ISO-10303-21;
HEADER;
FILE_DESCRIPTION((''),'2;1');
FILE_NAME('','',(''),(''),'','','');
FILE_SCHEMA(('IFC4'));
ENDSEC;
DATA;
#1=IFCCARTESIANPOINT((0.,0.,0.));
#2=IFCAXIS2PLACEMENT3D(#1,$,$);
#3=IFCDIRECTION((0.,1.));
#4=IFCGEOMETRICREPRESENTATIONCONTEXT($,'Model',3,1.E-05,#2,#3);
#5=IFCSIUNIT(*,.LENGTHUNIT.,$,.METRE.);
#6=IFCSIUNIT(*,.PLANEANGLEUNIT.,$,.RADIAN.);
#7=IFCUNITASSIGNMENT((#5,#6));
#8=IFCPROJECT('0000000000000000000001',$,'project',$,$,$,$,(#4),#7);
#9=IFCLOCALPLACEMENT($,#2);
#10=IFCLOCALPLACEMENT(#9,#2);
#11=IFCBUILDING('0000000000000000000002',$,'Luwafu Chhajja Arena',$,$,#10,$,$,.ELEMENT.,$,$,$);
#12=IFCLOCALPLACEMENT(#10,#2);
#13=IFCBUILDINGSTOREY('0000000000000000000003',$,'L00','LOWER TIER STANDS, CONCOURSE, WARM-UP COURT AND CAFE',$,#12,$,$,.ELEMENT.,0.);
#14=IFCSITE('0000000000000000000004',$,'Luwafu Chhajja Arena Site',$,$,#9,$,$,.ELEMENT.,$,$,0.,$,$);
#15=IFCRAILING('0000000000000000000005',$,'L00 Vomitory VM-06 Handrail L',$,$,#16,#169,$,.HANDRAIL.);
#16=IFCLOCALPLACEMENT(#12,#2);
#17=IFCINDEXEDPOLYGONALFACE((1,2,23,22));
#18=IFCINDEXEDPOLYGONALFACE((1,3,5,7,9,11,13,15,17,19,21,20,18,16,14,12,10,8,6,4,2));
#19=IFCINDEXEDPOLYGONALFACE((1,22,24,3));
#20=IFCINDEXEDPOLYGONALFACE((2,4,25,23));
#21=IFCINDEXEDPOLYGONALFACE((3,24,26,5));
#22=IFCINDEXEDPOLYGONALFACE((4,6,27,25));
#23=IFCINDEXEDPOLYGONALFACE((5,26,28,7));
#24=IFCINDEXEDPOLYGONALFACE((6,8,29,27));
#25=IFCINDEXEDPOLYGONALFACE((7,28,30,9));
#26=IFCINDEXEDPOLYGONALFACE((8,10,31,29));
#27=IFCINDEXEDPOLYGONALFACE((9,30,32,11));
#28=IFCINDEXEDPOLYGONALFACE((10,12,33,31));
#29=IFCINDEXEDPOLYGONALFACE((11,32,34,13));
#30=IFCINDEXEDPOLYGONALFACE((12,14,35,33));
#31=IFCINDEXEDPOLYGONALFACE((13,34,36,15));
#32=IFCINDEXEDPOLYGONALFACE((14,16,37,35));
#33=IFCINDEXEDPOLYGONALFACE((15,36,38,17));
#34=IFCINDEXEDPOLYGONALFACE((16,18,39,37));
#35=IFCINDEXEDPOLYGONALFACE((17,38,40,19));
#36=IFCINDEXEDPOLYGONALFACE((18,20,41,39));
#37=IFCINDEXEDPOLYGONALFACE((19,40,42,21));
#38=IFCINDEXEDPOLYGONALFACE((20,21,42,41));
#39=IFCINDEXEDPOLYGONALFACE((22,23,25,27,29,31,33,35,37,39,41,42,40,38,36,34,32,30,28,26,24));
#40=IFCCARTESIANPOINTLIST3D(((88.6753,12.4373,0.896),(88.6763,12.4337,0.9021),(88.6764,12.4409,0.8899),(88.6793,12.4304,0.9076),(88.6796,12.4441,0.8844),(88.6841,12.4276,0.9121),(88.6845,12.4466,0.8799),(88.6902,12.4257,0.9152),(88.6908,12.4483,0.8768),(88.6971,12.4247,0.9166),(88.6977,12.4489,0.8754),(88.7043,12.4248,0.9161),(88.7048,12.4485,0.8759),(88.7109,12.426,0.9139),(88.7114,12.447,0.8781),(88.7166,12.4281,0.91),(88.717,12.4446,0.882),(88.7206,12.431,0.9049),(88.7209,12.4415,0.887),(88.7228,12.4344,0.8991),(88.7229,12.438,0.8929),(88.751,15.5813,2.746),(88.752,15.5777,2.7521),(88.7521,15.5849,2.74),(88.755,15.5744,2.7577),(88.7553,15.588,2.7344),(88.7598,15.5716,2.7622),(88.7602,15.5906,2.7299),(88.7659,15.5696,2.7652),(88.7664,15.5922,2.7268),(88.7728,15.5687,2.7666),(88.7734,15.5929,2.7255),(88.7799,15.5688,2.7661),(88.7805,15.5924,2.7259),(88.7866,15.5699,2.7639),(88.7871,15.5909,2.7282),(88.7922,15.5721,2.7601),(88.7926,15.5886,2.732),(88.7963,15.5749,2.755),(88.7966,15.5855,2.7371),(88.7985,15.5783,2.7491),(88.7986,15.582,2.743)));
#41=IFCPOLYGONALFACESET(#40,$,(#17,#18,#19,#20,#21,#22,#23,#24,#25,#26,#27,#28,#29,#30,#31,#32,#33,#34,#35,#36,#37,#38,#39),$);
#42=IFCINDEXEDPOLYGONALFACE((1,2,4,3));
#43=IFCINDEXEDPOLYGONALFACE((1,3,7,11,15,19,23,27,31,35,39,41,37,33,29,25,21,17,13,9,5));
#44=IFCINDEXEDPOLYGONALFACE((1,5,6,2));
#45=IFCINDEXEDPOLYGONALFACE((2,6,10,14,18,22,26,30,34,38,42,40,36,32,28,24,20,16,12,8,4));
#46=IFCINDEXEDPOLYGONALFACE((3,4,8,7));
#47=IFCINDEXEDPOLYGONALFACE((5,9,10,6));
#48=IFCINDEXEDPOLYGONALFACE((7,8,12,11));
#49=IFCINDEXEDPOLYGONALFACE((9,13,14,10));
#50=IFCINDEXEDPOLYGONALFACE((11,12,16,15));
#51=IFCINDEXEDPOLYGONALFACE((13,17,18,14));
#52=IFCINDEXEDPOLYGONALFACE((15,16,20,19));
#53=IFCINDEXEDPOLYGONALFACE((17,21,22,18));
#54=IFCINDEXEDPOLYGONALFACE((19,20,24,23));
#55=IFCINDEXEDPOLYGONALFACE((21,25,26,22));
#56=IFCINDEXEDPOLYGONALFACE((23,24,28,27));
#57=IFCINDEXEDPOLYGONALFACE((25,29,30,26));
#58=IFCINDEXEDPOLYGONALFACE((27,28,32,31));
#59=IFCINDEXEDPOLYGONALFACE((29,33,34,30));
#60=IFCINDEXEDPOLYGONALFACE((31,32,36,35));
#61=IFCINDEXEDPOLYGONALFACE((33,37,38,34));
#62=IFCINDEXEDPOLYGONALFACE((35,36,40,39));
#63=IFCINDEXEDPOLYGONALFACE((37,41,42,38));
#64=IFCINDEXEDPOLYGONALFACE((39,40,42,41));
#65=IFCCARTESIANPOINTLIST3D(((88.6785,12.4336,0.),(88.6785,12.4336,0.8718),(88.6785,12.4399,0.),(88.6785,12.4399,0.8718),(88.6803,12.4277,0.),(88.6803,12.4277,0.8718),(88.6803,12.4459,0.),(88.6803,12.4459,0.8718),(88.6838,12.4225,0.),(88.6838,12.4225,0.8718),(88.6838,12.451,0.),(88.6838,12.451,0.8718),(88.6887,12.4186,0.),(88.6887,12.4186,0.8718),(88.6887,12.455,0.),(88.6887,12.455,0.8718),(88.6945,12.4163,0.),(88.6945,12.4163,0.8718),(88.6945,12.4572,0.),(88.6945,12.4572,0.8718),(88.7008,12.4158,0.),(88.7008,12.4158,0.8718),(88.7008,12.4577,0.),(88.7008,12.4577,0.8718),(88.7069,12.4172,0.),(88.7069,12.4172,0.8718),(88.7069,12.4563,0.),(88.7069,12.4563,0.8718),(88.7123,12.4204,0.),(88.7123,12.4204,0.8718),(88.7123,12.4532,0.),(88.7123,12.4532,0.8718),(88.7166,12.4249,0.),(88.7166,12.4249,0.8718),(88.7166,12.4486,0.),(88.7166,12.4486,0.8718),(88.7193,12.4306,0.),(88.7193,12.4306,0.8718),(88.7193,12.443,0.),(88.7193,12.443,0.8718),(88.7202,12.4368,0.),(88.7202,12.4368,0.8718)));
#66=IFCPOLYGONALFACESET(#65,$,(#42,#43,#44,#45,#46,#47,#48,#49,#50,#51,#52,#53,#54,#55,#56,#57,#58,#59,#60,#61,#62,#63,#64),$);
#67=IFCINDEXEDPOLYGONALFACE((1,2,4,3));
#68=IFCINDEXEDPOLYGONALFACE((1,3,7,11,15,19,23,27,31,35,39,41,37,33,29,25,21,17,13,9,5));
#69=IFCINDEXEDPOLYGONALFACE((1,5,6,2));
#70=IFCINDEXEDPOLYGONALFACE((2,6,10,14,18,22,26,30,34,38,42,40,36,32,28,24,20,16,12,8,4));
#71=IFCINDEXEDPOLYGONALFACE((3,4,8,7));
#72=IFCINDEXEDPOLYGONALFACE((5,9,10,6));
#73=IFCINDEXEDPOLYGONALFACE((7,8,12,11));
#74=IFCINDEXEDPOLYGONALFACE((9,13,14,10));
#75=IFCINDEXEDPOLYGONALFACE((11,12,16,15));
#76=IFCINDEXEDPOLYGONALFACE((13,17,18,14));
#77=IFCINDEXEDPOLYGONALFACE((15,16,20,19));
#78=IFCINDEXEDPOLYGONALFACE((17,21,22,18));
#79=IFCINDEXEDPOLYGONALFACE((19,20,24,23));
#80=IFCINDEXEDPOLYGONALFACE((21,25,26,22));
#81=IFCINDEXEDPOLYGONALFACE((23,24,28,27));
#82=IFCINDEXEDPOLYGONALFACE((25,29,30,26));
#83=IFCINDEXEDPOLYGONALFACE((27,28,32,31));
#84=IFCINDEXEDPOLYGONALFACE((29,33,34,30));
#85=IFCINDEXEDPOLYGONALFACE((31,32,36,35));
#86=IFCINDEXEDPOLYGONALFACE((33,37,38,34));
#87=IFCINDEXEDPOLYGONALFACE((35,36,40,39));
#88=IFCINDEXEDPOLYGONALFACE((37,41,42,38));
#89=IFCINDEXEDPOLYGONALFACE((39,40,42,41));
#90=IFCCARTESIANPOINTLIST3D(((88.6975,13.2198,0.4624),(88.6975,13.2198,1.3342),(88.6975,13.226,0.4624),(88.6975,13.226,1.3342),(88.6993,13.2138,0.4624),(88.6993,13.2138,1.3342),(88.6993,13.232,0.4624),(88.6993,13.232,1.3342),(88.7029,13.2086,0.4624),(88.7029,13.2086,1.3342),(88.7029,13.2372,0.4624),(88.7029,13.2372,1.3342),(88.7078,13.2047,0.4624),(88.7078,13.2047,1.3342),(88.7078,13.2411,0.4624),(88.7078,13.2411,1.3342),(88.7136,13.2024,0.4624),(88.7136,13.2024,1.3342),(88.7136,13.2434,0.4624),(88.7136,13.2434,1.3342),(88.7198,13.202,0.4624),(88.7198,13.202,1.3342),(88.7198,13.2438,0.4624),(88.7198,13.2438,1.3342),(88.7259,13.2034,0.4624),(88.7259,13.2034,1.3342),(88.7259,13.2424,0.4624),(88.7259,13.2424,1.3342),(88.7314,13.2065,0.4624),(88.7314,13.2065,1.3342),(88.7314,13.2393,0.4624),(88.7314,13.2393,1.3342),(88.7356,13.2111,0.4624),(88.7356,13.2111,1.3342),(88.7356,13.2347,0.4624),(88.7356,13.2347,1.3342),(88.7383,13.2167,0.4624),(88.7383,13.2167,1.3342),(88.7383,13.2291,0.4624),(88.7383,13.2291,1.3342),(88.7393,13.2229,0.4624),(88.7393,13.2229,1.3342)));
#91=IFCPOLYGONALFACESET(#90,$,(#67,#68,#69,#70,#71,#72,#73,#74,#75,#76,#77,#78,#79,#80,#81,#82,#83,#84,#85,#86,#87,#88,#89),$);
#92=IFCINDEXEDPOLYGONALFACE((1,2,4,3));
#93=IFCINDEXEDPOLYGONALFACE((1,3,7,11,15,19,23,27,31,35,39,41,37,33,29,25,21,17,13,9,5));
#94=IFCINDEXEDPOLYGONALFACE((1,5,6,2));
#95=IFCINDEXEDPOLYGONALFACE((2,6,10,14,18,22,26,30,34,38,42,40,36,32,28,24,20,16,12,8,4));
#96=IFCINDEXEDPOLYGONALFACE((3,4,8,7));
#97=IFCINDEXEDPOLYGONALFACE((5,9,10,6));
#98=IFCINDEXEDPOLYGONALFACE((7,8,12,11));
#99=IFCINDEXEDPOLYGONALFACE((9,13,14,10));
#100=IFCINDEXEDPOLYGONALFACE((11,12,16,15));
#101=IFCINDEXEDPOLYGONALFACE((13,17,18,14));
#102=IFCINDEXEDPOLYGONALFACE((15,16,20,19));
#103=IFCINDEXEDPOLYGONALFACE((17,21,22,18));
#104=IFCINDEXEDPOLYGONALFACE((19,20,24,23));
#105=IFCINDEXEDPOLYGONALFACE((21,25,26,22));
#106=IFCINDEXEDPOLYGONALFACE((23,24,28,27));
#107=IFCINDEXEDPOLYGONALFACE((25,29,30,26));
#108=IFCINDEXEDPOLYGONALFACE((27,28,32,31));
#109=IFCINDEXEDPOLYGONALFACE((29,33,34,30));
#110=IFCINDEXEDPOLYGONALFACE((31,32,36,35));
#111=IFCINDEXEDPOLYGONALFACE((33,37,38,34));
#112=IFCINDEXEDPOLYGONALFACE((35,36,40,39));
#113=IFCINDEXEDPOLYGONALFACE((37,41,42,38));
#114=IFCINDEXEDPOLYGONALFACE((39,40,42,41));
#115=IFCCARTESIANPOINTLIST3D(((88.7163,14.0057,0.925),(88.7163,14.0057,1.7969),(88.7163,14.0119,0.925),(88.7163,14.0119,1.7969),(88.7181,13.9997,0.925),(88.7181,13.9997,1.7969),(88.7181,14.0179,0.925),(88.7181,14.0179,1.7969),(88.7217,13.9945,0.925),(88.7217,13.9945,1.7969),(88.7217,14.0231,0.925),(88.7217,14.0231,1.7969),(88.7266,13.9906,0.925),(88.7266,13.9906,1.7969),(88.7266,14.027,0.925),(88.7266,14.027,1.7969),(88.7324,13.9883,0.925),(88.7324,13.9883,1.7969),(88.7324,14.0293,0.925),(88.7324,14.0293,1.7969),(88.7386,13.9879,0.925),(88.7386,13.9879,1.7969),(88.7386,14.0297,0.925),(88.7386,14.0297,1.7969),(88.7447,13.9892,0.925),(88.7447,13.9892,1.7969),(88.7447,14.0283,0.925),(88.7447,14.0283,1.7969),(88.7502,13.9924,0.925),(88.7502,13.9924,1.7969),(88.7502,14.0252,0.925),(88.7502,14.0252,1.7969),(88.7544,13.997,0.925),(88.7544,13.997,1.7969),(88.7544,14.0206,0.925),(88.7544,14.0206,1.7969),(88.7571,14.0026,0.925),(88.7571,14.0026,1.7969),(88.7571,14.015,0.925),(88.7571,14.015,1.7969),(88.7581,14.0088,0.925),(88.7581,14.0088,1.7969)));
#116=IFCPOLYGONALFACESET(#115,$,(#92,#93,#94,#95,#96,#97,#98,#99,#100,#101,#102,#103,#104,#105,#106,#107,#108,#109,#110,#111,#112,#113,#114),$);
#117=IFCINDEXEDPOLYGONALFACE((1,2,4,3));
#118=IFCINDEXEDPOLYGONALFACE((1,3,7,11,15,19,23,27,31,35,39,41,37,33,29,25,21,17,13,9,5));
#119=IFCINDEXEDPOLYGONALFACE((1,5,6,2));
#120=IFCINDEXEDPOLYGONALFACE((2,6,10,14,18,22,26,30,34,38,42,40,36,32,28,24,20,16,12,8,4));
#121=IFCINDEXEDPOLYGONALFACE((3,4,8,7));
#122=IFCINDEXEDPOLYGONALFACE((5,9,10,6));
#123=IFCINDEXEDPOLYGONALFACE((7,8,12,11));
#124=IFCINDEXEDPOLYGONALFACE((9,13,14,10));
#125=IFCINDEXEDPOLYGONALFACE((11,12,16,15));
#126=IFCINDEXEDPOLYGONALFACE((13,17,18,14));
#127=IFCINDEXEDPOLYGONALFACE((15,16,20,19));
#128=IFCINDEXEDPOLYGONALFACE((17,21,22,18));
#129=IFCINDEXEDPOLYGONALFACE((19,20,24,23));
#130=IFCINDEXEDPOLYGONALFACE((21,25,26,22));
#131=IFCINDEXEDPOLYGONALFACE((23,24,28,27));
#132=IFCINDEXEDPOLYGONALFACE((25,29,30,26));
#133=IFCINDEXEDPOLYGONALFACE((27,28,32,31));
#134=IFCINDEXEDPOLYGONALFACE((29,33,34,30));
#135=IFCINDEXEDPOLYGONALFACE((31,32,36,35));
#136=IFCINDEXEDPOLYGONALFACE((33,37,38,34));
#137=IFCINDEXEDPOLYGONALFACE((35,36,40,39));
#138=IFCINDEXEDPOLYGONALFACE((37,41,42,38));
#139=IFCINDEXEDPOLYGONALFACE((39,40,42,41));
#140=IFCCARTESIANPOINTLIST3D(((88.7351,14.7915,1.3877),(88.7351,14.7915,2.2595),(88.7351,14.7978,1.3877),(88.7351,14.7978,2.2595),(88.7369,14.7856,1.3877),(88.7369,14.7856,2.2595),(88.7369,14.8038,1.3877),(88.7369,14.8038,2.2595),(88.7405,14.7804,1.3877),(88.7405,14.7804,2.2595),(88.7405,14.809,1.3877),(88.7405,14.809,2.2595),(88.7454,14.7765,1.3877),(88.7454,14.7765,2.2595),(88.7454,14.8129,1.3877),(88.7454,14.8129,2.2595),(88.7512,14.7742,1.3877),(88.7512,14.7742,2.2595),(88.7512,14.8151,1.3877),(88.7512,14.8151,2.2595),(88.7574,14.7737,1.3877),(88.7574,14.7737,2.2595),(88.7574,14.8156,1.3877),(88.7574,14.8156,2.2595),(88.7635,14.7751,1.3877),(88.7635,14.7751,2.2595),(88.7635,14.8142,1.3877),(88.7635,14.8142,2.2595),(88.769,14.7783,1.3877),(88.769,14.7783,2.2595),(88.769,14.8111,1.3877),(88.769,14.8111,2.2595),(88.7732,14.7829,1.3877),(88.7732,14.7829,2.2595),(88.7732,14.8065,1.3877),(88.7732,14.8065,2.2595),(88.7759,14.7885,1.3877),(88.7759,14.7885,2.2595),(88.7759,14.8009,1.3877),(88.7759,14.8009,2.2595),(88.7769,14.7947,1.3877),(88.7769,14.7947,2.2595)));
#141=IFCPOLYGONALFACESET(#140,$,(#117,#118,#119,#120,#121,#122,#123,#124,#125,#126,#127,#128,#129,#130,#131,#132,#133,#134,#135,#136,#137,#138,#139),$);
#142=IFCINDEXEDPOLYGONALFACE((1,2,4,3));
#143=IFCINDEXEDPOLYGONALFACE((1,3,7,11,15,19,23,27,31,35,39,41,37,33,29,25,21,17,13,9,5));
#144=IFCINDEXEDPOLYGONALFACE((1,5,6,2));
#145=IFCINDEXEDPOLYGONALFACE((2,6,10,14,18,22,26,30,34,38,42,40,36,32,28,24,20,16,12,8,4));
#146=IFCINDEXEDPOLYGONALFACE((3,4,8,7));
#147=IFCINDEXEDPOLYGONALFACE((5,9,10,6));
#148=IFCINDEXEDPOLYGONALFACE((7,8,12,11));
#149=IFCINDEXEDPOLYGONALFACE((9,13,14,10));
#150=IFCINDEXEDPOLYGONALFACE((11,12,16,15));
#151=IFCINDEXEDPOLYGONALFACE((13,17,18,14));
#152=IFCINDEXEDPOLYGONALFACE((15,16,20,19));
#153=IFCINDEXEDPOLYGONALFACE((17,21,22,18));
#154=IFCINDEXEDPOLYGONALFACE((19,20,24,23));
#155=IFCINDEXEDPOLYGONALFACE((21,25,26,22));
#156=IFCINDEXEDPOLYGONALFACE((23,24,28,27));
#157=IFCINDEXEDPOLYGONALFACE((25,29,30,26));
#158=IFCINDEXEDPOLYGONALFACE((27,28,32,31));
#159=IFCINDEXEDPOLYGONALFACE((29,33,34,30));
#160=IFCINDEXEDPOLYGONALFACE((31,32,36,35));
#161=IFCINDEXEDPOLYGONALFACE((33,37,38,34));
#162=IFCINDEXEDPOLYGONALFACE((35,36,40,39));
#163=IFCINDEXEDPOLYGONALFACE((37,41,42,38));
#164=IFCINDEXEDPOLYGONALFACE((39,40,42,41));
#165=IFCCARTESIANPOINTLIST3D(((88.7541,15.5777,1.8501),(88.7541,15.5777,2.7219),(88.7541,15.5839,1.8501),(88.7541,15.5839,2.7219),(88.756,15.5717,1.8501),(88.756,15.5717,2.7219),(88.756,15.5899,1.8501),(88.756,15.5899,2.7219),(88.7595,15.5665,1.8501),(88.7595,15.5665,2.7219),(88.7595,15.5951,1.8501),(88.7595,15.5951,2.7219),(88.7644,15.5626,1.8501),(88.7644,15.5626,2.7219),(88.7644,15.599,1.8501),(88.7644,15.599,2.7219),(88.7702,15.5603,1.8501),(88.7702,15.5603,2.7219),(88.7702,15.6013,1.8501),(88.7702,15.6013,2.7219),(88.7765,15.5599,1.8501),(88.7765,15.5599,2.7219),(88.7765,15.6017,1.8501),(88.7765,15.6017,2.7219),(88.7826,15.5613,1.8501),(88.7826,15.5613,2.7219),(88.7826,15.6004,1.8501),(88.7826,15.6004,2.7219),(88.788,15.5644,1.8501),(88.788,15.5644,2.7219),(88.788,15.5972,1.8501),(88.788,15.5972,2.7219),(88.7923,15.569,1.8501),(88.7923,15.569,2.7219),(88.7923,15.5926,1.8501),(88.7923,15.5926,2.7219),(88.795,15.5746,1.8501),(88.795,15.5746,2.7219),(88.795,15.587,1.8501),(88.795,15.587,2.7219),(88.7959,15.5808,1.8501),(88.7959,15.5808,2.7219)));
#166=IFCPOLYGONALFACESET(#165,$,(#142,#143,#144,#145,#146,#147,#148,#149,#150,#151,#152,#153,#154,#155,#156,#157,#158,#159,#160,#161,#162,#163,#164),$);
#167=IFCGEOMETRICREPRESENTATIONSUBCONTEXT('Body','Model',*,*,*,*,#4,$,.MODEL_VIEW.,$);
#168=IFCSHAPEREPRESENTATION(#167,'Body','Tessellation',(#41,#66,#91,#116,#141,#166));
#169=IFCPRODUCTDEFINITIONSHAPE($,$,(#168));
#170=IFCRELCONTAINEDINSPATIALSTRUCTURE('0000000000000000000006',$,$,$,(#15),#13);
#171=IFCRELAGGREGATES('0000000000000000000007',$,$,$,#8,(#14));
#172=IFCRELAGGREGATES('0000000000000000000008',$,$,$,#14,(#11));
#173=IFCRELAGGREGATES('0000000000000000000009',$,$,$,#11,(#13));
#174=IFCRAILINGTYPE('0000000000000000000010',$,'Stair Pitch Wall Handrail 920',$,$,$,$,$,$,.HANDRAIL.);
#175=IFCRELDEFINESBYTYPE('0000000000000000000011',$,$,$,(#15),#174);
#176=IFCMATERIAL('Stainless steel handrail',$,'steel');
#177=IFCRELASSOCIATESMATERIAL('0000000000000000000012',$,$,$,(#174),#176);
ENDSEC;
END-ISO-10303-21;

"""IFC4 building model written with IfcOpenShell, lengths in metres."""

from ifc_helpers import new_model, si_unit, direction, frame, origin, origin_2d, place, context, subcontext, project, spatial, circle, extrude, material, type_object, element, save


model = new_model("IFC4")

# Units and contexts
model_context = context("Model", 3, precision=1e-05, world=origin(), true_north=direction((0.0, 1.0)))
body_context = subcontext(model_context, "Body", "Model", "MODEL_VIEW")
ifc_project = project(units=[si_unit("LENGTHUNIT", "METRE"), si_unit("PLANEANGLEUNIT", "RADIAN")], contexts=[model_context])

# Site, building, storey
site_placement = place(None, origin())
site = spatial("IfcSite", under=ifc_project, at=site_placement, Name="Luwafu Chhajja Arena Site", CompositionType="ELEMENT", RefElevation=0.0)
building_placement = place(site_placement, origin())
building = spatial("IfcBuilding", under=site, at=building_placement, Name="Luwafu Chhajja Arena", CompositionType="ELEMENT")
storey_placement = place(building_placement, origin())
storey = spatial("IfcBuildingStorey", under=building, at=storey_placement, Name="L00", Description="LOWER TIER STANDS, CONCOURSE, WARM-UP COURT AND CAFE", CompositionType="ELEMENT", Elevation=0.0)

# Railing
ifc_material_1 = material(Name="Stainless steel handrail", Category="steel")
railing_type_1 = type_object("IfcRailingType", Name="Stair Pitch Wall Handrail 920", PredefinedType="HANDRAIL", material=ifc_material_1)
railing_1_placement = place(storey_placement, frame((88.6992, 12.4368, 0.0)))
element("IfcRailing", 1, at=railing_1_placement, inside=storey, type_object=railing_type_1, Name="L00 Vomitory VM-06 Handrail L", PredefinedType="HANDRAIL", context=body_context, shape_type="SweptSolid", body=[
    extrude(circle(Radius=0.0239, at=origin_2d()), frame((0.0, 0.0, 0.896), z_axis=(0.020742, 0.86167, 0.507046), x_axis=(-0.99971, 0.024065, 0.0)), (0.0, 0.0, 1.0), 3.6487),
    extrude(circle(Radius=0.021, at=origin_2d()), origin(), (0.0, 0.0, 1.0), 0.8718),
    extrude(circle(Radius=0.021, at=origin_2d()), frame((0.019, 0.7861, 0.4624)), (0.0, 0.0, 1.0), 0.8718),
    extrude(circle(Radius=0.021, at=origin_2d()), frame((0.0378, 1.572, 0.925)), (0.0, 0.0, 1.0), 0.8718),
    extrude(circle(Radius=0.021, at=origin_2d()), frame((0.0566, 2.3579, 1.3877)), (0.0, 0.0, 1.0), 0.8718),
    extrude(circle(Radius=0.021, at=origin_2d()), frame((0.0757, 3.144, 1.8501)), (0.0, 0.0, 1.0), 0.8718),
])

save(model, "model.ifc")
